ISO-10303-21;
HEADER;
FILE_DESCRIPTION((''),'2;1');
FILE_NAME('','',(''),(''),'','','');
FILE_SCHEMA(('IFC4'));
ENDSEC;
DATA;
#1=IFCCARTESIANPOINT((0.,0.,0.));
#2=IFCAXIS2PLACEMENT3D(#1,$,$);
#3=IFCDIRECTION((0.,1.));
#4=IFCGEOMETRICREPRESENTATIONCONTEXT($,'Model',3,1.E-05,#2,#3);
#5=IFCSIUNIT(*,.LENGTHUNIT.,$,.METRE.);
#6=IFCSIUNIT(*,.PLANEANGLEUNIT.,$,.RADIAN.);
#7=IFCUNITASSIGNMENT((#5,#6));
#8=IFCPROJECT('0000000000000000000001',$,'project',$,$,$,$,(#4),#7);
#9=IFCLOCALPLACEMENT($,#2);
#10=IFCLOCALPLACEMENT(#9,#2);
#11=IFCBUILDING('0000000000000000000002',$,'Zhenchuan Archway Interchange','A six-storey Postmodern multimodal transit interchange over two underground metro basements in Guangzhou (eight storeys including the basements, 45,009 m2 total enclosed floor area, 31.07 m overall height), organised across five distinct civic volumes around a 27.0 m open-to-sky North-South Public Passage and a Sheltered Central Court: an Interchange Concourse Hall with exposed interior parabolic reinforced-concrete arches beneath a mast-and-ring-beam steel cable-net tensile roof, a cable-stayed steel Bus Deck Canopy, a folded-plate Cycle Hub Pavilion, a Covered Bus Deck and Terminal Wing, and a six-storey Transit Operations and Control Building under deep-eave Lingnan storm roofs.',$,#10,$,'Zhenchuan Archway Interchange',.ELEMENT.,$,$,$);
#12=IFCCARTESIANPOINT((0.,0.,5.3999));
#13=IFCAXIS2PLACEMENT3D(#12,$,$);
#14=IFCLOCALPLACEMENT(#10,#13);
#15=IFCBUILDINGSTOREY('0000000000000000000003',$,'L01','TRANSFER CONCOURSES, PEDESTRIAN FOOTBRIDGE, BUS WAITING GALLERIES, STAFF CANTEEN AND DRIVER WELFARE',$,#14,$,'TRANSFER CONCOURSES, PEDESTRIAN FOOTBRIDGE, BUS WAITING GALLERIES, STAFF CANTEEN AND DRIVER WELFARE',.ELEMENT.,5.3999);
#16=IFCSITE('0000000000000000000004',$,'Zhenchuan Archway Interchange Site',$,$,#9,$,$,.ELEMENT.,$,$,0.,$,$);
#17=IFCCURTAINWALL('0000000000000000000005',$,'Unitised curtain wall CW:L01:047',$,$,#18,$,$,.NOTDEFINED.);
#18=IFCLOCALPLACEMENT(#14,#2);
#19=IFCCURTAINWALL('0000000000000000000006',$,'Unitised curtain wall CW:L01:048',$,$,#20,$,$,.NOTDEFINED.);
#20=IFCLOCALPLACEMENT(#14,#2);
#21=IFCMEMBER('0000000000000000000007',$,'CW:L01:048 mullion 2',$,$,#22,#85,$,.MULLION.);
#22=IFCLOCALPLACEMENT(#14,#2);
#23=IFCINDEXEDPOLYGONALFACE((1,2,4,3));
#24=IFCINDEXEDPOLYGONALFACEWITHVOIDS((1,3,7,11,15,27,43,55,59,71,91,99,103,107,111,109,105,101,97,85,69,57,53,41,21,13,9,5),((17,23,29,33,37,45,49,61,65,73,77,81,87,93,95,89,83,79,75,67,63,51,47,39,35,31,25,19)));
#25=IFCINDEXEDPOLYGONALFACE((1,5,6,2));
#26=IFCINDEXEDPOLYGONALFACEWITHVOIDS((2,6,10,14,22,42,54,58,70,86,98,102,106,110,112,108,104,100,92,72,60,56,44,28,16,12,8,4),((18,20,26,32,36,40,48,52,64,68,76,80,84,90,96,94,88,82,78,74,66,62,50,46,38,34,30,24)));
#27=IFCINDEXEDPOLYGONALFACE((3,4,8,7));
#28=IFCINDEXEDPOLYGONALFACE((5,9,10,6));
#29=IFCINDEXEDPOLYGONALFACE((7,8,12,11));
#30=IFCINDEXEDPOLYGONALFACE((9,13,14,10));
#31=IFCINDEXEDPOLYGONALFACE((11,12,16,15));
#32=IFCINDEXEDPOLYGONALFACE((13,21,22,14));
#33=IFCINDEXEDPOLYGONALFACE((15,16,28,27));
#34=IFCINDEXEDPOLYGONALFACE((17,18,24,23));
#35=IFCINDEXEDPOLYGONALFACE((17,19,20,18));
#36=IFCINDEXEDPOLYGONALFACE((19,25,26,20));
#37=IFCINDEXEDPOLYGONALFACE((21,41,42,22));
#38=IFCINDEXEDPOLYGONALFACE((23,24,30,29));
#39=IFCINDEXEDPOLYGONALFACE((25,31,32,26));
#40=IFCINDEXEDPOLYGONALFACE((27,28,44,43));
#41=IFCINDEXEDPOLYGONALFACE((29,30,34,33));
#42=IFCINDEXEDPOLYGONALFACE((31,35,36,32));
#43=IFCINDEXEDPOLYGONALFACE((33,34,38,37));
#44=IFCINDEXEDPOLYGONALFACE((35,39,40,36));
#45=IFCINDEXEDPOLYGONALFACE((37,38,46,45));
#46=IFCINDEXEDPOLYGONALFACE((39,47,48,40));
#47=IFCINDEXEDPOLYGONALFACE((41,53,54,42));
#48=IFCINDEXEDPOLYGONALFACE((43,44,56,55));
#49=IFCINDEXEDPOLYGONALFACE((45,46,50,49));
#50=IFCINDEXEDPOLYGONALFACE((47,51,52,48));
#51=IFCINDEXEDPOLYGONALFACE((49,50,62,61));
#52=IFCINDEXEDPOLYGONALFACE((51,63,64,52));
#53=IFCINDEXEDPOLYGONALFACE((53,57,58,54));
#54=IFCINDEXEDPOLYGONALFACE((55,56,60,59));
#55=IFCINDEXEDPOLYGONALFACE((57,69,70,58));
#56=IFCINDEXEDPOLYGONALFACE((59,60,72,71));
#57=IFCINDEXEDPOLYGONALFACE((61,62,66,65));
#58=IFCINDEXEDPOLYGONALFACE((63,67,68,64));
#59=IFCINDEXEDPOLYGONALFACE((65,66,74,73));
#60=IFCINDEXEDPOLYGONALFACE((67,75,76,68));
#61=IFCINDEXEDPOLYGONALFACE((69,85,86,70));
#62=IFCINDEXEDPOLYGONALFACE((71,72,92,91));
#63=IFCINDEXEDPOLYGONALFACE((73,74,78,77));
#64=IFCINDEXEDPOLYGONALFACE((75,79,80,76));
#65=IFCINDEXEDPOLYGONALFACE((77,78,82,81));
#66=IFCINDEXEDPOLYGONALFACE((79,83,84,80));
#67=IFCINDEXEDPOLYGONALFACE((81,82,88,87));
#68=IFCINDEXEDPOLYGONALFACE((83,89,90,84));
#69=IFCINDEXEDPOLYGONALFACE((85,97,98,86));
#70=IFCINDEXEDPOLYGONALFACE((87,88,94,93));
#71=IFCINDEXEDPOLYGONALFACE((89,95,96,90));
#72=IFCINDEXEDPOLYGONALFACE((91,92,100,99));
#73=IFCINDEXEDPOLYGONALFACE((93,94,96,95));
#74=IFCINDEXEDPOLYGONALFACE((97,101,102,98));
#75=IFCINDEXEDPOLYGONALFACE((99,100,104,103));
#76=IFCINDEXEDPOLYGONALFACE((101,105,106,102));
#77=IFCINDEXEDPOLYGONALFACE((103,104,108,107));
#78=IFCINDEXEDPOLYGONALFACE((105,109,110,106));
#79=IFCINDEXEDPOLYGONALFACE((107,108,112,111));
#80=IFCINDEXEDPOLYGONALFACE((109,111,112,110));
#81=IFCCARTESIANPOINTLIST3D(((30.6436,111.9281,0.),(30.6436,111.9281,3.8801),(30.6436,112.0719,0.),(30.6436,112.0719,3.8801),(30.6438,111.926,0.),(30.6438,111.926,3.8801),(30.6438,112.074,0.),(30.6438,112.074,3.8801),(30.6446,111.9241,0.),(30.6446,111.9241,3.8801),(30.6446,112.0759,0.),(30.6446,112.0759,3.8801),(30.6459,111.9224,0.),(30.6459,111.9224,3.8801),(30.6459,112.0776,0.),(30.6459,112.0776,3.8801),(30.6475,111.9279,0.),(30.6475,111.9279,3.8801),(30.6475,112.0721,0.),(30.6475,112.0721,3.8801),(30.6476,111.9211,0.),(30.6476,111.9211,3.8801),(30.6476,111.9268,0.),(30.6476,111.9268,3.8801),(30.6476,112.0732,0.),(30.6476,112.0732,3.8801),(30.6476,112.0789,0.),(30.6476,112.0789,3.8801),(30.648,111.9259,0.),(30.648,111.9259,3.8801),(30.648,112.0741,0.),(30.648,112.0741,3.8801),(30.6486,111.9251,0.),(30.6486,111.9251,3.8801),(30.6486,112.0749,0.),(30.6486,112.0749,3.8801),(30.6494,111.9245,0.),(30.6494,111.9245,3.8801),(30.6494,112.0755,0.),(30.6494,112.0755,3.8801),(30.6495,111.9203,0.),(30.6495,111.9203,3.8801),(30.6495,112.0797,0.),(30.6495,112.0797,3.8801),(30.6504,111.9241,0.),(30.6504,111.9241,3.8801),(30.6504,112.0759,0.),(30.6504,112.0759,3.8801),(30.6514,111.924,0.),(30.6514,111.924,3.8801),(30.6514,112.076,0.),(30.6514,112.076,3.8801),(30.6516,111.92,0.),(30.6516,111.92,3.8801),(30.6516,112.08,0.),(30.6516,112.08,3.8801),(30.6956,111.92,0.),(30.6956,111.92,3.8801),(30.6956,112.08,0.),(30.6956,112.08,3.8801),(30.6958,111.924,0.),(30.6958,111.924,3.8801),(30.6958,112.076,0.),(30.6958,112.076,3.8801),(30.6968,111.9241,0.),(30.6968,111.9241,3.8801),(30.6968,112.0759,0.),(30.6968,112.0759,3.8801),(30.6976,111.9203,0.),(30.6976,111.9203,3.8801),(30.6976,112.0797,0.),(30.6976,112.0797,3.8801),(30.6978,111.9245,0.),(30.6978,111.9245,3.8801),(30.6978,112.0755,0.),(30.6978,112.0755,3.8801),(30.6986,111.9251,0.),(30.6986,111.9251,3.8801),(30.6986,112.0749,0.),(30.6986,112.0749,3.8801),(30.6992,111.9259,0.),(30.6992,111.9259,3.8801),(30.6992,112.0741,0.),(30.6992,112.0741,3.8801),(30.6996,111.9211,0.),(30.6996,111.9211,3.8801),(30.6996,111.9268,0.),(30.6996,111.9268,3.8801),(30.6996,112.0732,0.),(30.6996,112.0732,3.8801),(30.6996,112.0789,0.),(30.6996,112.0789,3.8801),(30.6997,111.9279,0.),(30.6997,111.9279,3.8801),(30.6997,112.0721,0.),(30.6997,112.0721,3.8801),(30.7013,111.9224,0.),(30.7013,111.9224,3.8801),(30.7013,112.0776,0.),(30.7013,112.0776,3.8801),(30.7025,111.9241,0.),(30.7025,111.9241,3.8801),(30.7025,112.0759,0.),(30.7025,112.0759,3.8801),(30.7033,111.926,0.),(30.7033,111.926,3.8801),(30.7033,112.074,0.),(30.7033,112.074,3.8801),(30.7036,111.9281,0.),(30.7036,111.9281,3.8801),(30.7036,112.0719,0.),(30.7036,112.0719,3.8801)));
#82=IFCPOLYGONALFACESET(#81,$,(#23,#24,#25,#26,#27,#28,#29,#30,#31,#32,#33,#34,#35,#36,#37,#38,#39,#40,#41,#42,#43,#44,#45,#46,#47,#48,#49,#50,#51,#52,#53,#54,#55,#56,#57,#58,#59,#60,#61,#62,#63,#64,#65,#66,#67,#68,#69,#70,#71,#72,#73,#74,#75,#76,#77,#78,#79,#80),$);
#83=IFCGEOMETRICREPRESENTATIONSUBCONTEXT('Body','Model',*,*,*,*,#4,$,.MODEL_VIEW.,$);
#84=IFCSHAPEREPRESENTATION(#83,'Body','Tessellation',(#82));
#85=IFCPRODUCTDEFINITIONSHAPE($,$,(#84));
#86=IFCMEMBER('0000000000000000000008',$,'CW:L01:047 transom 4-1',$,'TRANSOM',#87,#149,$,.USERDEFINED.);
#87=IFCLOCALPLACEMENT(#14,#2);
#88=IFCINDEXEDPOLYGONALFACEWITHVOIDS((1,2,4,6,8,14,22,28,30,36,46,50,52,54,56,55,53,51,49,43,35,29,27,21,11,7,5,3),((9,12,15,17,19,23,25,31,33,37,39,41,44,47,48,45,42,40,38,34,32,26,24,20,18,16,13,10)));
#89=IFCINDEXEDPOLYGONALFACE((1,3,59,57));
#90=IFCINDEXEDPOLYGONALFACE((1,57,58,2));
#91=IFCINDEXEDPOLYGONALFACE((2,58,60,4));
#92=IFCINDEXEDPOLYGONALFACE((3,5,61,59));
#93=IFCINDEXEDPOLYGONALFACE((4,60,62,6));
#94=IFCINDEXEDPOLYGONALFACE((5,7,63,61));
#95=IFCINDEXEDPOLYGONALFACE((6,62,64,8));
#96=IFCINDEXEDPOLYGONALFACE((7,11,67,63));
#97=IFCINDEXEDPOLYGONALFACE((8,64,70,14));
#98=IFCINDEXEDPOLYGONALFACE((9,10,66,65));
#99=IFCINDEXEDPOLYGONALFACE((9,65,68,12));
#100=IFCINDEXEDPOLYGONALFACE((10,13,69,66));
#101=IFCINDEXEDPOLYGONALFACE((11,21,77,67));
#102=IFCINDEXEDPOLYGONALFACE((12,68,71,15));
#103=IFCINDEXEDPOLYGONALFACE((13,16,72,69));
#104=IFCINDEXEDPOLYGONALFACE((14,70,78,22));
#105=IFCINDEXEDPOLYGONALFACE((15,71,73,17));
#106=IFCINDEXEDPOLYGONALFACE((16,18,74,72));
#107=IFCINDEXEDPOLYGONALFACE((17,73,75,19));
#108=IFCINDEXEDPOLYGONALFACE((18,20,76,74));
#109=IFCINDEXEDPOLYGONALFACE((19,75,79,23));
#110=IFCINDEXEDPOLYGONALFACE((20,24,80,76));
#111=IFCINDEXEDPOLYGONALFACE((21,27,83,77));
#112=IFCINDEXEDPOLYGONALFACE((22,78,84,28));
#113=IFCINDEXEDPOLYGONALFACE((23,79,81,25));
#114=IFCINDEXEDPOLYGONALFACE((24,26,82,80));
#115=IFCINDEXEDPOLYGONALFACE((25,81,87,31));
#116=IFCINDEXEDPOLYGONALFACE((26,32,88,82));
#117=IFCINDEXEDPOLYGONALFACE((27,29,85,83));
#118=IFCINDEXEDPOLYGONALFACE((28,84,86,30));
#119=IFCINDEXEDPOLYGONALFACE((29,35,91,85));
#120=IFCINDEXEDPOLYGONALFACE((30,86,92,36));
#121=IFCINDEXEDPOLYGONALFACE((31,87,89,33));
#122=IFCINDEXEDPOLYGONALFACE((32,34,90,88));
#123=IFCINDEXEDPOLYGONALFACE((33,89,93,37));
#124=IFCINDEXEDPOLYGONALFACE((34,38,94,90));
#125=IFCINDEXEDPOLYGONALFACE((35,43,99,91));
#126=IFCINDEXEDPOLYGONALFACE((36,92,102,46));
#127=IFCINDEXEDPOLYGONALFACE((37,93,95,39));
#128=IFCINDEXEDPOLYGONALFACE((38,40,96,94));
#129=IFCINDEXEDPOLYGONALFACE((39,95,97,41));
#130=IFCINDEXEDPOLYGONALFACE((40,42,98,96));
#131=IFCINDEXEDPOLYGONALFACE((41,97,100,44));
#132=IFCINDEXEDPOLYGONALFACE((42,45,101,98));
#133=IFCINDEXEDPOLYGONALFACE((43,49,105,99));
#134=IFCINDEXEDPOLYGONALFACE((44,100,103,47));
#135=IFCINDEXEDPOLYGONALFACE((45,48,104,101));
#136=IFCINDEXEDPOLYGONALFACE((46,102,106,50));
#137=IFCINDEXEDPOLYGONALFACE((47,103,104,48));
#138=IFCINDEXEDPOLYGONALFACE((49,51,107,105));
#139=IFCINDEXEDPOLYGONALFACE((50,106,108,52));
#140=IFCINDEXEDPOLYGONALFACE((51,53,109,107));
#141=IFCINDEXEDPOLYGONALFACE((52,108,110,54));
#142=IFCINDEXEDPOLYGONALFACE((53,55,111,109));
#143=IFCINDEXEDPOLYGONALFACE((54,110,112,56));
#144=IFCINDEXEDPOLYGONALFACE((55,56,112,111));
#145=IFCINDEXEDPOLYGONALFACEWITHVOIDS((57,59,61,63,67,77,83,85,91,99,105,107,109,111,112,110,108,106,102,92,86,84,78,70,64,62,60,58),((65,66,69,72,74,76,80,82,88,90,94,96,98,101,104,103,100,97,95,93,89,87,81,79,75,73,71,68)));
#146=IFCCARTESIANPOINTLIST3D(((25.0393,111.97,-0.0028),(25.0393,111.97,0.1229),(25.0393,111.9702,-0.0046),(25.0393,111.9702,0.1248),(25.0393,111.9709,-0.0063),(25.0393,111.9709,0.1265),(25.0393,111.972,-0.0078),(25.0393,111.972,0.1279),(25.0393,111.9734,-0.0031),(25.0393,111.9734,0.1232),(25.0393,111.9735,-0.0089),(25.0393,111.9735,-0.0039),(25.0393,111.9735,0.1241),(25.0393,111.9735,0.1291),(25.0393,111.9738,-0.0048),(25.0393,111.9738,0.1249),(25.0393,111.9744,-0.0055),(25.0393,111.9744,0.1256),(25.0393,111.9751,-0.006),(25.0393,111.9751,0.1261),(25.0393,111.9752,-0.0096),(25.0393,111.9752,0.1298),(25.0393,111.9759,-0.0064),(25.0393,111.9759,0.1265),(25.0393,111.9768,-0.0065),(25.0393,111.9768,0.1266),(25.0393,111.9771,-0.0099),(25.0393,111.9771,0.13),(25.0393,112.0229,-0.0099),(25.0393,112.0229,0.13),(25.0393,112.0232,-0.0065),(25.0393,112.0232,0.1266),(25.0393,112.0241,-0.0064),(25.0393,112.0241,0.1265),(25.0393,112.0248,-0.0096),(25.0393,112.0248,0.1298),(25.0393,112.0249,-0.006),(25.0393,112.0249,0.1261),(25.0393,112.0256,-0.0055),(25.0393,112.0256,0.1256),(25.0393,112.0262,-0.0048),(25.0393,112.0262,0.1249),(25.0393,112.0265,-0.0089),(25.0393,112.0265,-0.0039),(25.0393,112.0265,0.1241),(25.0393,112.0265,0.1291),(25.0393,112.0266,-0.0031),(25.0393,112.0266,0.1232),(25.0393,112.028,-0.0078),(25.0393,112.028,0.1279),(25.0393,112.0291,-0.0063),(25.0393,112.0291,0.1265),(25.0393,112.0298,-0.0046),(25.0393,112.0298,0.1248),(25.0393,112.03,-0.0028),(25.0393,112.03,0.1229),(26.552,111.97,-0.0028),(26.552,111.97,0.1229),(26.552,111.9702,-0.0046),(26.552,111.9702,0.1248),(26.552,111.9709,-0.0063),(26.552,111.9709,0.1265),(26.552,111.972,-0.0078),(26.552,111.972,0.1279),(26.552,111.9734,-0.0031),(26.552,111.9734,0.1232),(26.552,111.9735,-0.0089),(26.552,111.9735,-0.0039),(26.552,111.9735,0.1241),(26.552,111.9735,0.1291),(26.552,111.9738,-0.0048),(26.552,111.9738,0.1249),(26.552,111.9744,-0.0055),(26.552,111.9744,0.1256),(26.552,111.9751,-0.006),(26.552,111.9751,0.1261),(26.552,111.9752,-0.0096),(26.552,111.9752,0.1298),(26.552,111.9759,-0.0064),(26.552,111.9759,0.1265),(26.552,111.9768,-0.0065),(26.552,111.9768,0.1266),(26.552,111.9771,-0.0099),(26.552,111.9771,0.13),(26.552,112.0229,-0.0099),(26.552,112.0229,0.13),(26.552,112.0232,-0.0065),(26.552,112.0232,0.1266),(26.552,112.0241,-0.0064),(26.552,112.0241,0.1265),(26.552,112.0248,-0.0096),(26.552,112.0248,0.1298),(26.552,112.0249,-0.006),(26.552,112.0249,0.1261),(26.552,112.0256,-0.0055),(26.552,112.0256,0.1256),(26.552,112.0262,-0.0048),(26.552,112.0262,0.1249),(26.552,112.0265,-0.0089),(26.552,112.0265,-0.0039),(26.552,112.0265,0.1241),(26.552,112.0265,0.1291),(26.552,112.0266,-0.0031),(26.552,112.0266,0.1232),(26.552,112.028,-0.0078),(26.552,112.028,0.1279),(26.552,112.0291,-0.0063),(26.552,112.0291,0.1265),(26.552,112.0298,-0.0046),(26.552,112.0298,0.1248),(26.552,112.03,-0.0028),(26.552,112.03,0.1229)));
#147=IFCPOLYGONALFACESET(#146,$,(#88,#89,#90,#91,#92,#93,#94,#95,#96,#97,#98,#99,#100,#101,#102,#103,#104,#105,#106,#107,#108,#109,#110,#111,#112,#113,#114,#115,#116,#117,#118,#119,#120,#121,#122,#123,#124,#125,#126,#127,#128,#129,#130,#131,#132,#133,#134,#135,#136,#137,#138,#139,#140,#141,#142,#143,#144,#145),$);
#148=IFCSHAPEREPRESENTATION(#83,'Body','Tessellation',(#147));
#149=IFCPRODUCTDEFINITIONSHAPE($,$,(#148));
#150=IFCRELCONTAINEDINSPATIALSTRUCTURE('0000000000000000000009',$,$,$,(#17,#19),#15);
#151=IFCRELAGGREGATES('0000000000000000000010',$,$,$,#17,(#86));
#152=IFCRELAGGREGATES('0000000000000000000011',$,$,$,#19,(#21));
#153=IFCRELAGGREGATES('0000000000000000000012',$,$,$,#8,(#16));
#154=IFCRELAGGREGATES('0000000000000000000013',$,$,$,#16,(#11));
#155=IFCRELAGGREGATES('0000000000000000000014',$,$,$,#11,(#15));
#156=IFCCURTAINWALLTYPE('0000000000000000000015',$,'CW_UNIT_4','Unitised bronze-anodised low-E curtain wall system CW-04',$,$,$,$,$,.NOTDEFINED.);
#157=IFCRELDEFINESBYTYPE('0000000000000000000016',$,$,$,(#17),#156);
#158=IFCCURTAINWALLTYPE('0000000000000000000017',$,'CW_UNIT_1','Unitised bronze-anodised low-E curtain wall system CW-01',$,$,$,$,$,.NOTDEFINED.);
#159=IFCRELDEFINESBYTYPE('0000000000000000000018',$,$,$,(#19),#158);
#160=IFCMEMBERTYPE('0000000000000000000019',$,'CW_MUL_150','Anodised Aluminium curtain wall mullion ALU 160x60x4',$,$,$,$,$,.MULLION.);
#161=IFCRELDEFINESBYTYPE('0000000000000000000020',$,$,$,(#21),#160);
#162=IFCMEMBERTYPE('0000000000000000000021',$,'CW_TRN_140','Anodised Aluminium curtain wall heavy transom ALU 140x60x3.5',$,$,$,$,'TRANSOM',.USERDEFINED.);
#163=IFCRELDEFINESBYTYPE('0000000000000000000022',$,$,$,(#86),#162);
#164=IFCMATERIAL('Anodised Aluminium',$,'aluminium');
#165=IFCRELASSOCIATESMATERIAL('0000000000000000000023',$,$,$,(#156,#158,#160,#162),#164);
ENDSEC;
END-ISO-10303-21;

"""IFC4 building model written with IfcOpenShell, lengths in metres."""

from ifc_helpers import new_model, si_unit, direction, frame, origin, origin_2d, place, context, subcontext, project, spatial, hollow_rectangle, extrude, material, material_profile, profile_set, type_object, element, aggregate, save


model = new_model("IFC4")

# Units and contexts
model_context = context("Model", 3, precision=1e-05, world=origin(), true_north=direction((0.0, 1.0)))
body_context = subcontext(model_context, "Body", "Model", "MODEL_VIEW")
ifc_project = project(units=[si_unit("LENGTHUNIT", "METRE"), si_unit("PLANEANGLEUNIT", "RADIAN")], contexts=[model_context])

# Site, building, storey
site_placement = place(None, origin())
site = spatial("IfcSite", under=ifc_project, at=site_placement, Name="Zhenchuan Archway Interchange Site", CompositionType="ELEMENT", RefElevation=0.0)
building_placement = place(site_placement, origin())
building = spatial("IfcBuilding", under=site, at=building_placement, Name="Zhenchuan Archway Interchange", Description="A six-storey Postmodern multimodal transit interchange over two underground metro basements in Guangzhou (eight storeys including the basements, 45,009 m2 total enclosed floor area, 31.07 m overall height), organised across five distinct civic volumes around a 27.0 m open-to-sky North-South Public Passage and a Sheltered Central Court: an Interchange Concourse Hall with exposed interior parabolic reinforced-concrete arches beneath a mast-and-ring-beam steel cable-net tensile roof, a cable-stayed steel Bus Deck Canopy, a folded-plate Cycle Hub Pavilion, a Covered Bus Deck and Terminal Wing, and a six-storey Transit Operations and Control Building under deep-eave Lingnan storm roofs.", LongName="Zhenchuan Archway Interchange", CompositionType="ELEMENT")
storey_placement = place(building_placement, frame((0.0, 0.0, 5.3999)))
storey = spatial("IfcBuildingStorey", under=building, at=storey_placement, Name="L01", Description="TRANSFER CONCOURSES, PEDESTRIAN FOOTBRIDGE, BUS WAITING GALLERIES, STAFF CANTEEN AND DRIVER WELFARE", LongName="TRANSFER CONCOURSES, PEDESTRIAN FOOTBRIDGE, BUS WAITING GALLERIES, STAFF CANTEEN AND DRIVER WELFARE", CompositionType="ELEMENT", Elevation=5.3999)

# Curtain walls, member
ifc_material_1 = material(Name="Anodised Aluminium", Category="aluminium")
curtain_wall_type_1 = type_object("IfcCurtainWallType", Name="CW_UNIT_4", Description="Unitised bronze-anodised low-E curtain wall system CW-04", PredefinedType="NOTDEFINED", material=ifc_material_1)
curtain_wall_1_placement = place(storey_placement, origin())
curtain_wall_1 = element("IfcCurtainWall", 1, at=curtain_wall_1_placement, inside=storey, type_object=curtain_wall_type_1, Name="Unitised curtain wall CW:L01:047", PredefinedType="NOTDEFINED")
ifc_material_profile_1 = material_profile(ifc_material_1, hollow_rectangle(XDim=0.0601, YDim=0.1599, WallThickness=0.0039, InnerFilletRadius=0.0039, OuterFilletRadius=0.0081, at=origin_2d()), Name="ALU 160x60x4")
ifc_profile_set_1 = profile_set([ifc_material_profile_1], Name="Anodised Aluminium")
member_type_1 = type_object("IfcMemberType", Name="CW_MUL_150", Description="Anodised Aluminium curtain wall mullion ALU 160x60x4", PredefinedType="MULLION", material=ifc_profile_set_1)
curtain_wall_type_2 = type_object("IfcCurtainWallType", Name="CW_UNIT_1", Description="Unitised bronze-anodised low-E curtain wall system CW-01", PredefinedType="NOTDEFINED", material=ifc_material_1)
curtain_wall_2_placement = place(storey_placement, origin())
curtain_wall_2 = element("IfcCurtainWall", 2, at=curtain_wall_2_placement, inside=storey, type_object=curtain_wall_type_2, Name="Unitised curtain wall CW:L01:048", PredefinedType="NOTDEFINED")
member_1_placement = place(storey_placement, frame((30.6736, 112.0, 0.0), z_axis=(0.0, 0.0, 1.0), x_axis=(1.0, 0.0, 0.0)))
member_1 = element("IfcMember", 3, at=member_1_placement, type_object=member_type_1, Name="CW:L01:048 mullion 2", PredefinedType="MULLION", context=body_context, shape_type="SweptSolid", body=[
    extrude(hollow_rectangle(XDim=0.0601, YDim=0.1599, WallThickness=0.0039, InnerFilletRadius=0.0039, OuterFilletRadius=0.0081, at=origin_2d()), origin(), (0.0, 0.0, 1.0), 3.8801),
])

# Member
ifc_material_profile_2 = material_profile(ifc_material_1, hollow_rectangle(XDim=0.0601, YDim=0.1399, WallThickness=0.0034, InnerFilletRadius=0.0034, OuterFilletRadius=0.0071, at=origin_2d()), Name="ALU 140x60x3.5")
ifc_profile_set_2 = profile_set([ifc_material_profile_2], Name="Anodised Aluminium")
member_type_2 = type_object("IfcMemberType", Name="CW_TRN_140", Description="Anodised Aluminium curtain wall heavy transom ALU 140x60x3.5", ElementType="TRANSOM", PredefinedType="USERDEFINED", material=ifc_profile_set_2)
member_2_placement = place(storey_placement, frame((25.0393, 112.0, 0.0601), z_axis=(1.0, 0.0, 0.0), x_axis=(0.0, 1.0, 0.0)))
member_2 = element("IfcMember", 4, at=member_2_placement, type_object=member_type_2, Name="CW:L01:047 transom 4-1", ObjectType="TRANSOM", PredefinedType="USERDEFINED", context=body_context, shape_type="SweptSolid", body=[
    extrude(hollow_rectangle(XDim=0.0601, YDim=0.1399, WallThickness=0.0034, InnerFilletRadius=0.0034, OuterFilletRadius=0.0071, at=origin_2d()), origin(), (0.0, 0.0, 1.0), 1.5127),
])

aggregate(curtain_wall_1, [member_2])
aggregate(curtain_wall_2, [member_1])

save(model, "model.ifc")
